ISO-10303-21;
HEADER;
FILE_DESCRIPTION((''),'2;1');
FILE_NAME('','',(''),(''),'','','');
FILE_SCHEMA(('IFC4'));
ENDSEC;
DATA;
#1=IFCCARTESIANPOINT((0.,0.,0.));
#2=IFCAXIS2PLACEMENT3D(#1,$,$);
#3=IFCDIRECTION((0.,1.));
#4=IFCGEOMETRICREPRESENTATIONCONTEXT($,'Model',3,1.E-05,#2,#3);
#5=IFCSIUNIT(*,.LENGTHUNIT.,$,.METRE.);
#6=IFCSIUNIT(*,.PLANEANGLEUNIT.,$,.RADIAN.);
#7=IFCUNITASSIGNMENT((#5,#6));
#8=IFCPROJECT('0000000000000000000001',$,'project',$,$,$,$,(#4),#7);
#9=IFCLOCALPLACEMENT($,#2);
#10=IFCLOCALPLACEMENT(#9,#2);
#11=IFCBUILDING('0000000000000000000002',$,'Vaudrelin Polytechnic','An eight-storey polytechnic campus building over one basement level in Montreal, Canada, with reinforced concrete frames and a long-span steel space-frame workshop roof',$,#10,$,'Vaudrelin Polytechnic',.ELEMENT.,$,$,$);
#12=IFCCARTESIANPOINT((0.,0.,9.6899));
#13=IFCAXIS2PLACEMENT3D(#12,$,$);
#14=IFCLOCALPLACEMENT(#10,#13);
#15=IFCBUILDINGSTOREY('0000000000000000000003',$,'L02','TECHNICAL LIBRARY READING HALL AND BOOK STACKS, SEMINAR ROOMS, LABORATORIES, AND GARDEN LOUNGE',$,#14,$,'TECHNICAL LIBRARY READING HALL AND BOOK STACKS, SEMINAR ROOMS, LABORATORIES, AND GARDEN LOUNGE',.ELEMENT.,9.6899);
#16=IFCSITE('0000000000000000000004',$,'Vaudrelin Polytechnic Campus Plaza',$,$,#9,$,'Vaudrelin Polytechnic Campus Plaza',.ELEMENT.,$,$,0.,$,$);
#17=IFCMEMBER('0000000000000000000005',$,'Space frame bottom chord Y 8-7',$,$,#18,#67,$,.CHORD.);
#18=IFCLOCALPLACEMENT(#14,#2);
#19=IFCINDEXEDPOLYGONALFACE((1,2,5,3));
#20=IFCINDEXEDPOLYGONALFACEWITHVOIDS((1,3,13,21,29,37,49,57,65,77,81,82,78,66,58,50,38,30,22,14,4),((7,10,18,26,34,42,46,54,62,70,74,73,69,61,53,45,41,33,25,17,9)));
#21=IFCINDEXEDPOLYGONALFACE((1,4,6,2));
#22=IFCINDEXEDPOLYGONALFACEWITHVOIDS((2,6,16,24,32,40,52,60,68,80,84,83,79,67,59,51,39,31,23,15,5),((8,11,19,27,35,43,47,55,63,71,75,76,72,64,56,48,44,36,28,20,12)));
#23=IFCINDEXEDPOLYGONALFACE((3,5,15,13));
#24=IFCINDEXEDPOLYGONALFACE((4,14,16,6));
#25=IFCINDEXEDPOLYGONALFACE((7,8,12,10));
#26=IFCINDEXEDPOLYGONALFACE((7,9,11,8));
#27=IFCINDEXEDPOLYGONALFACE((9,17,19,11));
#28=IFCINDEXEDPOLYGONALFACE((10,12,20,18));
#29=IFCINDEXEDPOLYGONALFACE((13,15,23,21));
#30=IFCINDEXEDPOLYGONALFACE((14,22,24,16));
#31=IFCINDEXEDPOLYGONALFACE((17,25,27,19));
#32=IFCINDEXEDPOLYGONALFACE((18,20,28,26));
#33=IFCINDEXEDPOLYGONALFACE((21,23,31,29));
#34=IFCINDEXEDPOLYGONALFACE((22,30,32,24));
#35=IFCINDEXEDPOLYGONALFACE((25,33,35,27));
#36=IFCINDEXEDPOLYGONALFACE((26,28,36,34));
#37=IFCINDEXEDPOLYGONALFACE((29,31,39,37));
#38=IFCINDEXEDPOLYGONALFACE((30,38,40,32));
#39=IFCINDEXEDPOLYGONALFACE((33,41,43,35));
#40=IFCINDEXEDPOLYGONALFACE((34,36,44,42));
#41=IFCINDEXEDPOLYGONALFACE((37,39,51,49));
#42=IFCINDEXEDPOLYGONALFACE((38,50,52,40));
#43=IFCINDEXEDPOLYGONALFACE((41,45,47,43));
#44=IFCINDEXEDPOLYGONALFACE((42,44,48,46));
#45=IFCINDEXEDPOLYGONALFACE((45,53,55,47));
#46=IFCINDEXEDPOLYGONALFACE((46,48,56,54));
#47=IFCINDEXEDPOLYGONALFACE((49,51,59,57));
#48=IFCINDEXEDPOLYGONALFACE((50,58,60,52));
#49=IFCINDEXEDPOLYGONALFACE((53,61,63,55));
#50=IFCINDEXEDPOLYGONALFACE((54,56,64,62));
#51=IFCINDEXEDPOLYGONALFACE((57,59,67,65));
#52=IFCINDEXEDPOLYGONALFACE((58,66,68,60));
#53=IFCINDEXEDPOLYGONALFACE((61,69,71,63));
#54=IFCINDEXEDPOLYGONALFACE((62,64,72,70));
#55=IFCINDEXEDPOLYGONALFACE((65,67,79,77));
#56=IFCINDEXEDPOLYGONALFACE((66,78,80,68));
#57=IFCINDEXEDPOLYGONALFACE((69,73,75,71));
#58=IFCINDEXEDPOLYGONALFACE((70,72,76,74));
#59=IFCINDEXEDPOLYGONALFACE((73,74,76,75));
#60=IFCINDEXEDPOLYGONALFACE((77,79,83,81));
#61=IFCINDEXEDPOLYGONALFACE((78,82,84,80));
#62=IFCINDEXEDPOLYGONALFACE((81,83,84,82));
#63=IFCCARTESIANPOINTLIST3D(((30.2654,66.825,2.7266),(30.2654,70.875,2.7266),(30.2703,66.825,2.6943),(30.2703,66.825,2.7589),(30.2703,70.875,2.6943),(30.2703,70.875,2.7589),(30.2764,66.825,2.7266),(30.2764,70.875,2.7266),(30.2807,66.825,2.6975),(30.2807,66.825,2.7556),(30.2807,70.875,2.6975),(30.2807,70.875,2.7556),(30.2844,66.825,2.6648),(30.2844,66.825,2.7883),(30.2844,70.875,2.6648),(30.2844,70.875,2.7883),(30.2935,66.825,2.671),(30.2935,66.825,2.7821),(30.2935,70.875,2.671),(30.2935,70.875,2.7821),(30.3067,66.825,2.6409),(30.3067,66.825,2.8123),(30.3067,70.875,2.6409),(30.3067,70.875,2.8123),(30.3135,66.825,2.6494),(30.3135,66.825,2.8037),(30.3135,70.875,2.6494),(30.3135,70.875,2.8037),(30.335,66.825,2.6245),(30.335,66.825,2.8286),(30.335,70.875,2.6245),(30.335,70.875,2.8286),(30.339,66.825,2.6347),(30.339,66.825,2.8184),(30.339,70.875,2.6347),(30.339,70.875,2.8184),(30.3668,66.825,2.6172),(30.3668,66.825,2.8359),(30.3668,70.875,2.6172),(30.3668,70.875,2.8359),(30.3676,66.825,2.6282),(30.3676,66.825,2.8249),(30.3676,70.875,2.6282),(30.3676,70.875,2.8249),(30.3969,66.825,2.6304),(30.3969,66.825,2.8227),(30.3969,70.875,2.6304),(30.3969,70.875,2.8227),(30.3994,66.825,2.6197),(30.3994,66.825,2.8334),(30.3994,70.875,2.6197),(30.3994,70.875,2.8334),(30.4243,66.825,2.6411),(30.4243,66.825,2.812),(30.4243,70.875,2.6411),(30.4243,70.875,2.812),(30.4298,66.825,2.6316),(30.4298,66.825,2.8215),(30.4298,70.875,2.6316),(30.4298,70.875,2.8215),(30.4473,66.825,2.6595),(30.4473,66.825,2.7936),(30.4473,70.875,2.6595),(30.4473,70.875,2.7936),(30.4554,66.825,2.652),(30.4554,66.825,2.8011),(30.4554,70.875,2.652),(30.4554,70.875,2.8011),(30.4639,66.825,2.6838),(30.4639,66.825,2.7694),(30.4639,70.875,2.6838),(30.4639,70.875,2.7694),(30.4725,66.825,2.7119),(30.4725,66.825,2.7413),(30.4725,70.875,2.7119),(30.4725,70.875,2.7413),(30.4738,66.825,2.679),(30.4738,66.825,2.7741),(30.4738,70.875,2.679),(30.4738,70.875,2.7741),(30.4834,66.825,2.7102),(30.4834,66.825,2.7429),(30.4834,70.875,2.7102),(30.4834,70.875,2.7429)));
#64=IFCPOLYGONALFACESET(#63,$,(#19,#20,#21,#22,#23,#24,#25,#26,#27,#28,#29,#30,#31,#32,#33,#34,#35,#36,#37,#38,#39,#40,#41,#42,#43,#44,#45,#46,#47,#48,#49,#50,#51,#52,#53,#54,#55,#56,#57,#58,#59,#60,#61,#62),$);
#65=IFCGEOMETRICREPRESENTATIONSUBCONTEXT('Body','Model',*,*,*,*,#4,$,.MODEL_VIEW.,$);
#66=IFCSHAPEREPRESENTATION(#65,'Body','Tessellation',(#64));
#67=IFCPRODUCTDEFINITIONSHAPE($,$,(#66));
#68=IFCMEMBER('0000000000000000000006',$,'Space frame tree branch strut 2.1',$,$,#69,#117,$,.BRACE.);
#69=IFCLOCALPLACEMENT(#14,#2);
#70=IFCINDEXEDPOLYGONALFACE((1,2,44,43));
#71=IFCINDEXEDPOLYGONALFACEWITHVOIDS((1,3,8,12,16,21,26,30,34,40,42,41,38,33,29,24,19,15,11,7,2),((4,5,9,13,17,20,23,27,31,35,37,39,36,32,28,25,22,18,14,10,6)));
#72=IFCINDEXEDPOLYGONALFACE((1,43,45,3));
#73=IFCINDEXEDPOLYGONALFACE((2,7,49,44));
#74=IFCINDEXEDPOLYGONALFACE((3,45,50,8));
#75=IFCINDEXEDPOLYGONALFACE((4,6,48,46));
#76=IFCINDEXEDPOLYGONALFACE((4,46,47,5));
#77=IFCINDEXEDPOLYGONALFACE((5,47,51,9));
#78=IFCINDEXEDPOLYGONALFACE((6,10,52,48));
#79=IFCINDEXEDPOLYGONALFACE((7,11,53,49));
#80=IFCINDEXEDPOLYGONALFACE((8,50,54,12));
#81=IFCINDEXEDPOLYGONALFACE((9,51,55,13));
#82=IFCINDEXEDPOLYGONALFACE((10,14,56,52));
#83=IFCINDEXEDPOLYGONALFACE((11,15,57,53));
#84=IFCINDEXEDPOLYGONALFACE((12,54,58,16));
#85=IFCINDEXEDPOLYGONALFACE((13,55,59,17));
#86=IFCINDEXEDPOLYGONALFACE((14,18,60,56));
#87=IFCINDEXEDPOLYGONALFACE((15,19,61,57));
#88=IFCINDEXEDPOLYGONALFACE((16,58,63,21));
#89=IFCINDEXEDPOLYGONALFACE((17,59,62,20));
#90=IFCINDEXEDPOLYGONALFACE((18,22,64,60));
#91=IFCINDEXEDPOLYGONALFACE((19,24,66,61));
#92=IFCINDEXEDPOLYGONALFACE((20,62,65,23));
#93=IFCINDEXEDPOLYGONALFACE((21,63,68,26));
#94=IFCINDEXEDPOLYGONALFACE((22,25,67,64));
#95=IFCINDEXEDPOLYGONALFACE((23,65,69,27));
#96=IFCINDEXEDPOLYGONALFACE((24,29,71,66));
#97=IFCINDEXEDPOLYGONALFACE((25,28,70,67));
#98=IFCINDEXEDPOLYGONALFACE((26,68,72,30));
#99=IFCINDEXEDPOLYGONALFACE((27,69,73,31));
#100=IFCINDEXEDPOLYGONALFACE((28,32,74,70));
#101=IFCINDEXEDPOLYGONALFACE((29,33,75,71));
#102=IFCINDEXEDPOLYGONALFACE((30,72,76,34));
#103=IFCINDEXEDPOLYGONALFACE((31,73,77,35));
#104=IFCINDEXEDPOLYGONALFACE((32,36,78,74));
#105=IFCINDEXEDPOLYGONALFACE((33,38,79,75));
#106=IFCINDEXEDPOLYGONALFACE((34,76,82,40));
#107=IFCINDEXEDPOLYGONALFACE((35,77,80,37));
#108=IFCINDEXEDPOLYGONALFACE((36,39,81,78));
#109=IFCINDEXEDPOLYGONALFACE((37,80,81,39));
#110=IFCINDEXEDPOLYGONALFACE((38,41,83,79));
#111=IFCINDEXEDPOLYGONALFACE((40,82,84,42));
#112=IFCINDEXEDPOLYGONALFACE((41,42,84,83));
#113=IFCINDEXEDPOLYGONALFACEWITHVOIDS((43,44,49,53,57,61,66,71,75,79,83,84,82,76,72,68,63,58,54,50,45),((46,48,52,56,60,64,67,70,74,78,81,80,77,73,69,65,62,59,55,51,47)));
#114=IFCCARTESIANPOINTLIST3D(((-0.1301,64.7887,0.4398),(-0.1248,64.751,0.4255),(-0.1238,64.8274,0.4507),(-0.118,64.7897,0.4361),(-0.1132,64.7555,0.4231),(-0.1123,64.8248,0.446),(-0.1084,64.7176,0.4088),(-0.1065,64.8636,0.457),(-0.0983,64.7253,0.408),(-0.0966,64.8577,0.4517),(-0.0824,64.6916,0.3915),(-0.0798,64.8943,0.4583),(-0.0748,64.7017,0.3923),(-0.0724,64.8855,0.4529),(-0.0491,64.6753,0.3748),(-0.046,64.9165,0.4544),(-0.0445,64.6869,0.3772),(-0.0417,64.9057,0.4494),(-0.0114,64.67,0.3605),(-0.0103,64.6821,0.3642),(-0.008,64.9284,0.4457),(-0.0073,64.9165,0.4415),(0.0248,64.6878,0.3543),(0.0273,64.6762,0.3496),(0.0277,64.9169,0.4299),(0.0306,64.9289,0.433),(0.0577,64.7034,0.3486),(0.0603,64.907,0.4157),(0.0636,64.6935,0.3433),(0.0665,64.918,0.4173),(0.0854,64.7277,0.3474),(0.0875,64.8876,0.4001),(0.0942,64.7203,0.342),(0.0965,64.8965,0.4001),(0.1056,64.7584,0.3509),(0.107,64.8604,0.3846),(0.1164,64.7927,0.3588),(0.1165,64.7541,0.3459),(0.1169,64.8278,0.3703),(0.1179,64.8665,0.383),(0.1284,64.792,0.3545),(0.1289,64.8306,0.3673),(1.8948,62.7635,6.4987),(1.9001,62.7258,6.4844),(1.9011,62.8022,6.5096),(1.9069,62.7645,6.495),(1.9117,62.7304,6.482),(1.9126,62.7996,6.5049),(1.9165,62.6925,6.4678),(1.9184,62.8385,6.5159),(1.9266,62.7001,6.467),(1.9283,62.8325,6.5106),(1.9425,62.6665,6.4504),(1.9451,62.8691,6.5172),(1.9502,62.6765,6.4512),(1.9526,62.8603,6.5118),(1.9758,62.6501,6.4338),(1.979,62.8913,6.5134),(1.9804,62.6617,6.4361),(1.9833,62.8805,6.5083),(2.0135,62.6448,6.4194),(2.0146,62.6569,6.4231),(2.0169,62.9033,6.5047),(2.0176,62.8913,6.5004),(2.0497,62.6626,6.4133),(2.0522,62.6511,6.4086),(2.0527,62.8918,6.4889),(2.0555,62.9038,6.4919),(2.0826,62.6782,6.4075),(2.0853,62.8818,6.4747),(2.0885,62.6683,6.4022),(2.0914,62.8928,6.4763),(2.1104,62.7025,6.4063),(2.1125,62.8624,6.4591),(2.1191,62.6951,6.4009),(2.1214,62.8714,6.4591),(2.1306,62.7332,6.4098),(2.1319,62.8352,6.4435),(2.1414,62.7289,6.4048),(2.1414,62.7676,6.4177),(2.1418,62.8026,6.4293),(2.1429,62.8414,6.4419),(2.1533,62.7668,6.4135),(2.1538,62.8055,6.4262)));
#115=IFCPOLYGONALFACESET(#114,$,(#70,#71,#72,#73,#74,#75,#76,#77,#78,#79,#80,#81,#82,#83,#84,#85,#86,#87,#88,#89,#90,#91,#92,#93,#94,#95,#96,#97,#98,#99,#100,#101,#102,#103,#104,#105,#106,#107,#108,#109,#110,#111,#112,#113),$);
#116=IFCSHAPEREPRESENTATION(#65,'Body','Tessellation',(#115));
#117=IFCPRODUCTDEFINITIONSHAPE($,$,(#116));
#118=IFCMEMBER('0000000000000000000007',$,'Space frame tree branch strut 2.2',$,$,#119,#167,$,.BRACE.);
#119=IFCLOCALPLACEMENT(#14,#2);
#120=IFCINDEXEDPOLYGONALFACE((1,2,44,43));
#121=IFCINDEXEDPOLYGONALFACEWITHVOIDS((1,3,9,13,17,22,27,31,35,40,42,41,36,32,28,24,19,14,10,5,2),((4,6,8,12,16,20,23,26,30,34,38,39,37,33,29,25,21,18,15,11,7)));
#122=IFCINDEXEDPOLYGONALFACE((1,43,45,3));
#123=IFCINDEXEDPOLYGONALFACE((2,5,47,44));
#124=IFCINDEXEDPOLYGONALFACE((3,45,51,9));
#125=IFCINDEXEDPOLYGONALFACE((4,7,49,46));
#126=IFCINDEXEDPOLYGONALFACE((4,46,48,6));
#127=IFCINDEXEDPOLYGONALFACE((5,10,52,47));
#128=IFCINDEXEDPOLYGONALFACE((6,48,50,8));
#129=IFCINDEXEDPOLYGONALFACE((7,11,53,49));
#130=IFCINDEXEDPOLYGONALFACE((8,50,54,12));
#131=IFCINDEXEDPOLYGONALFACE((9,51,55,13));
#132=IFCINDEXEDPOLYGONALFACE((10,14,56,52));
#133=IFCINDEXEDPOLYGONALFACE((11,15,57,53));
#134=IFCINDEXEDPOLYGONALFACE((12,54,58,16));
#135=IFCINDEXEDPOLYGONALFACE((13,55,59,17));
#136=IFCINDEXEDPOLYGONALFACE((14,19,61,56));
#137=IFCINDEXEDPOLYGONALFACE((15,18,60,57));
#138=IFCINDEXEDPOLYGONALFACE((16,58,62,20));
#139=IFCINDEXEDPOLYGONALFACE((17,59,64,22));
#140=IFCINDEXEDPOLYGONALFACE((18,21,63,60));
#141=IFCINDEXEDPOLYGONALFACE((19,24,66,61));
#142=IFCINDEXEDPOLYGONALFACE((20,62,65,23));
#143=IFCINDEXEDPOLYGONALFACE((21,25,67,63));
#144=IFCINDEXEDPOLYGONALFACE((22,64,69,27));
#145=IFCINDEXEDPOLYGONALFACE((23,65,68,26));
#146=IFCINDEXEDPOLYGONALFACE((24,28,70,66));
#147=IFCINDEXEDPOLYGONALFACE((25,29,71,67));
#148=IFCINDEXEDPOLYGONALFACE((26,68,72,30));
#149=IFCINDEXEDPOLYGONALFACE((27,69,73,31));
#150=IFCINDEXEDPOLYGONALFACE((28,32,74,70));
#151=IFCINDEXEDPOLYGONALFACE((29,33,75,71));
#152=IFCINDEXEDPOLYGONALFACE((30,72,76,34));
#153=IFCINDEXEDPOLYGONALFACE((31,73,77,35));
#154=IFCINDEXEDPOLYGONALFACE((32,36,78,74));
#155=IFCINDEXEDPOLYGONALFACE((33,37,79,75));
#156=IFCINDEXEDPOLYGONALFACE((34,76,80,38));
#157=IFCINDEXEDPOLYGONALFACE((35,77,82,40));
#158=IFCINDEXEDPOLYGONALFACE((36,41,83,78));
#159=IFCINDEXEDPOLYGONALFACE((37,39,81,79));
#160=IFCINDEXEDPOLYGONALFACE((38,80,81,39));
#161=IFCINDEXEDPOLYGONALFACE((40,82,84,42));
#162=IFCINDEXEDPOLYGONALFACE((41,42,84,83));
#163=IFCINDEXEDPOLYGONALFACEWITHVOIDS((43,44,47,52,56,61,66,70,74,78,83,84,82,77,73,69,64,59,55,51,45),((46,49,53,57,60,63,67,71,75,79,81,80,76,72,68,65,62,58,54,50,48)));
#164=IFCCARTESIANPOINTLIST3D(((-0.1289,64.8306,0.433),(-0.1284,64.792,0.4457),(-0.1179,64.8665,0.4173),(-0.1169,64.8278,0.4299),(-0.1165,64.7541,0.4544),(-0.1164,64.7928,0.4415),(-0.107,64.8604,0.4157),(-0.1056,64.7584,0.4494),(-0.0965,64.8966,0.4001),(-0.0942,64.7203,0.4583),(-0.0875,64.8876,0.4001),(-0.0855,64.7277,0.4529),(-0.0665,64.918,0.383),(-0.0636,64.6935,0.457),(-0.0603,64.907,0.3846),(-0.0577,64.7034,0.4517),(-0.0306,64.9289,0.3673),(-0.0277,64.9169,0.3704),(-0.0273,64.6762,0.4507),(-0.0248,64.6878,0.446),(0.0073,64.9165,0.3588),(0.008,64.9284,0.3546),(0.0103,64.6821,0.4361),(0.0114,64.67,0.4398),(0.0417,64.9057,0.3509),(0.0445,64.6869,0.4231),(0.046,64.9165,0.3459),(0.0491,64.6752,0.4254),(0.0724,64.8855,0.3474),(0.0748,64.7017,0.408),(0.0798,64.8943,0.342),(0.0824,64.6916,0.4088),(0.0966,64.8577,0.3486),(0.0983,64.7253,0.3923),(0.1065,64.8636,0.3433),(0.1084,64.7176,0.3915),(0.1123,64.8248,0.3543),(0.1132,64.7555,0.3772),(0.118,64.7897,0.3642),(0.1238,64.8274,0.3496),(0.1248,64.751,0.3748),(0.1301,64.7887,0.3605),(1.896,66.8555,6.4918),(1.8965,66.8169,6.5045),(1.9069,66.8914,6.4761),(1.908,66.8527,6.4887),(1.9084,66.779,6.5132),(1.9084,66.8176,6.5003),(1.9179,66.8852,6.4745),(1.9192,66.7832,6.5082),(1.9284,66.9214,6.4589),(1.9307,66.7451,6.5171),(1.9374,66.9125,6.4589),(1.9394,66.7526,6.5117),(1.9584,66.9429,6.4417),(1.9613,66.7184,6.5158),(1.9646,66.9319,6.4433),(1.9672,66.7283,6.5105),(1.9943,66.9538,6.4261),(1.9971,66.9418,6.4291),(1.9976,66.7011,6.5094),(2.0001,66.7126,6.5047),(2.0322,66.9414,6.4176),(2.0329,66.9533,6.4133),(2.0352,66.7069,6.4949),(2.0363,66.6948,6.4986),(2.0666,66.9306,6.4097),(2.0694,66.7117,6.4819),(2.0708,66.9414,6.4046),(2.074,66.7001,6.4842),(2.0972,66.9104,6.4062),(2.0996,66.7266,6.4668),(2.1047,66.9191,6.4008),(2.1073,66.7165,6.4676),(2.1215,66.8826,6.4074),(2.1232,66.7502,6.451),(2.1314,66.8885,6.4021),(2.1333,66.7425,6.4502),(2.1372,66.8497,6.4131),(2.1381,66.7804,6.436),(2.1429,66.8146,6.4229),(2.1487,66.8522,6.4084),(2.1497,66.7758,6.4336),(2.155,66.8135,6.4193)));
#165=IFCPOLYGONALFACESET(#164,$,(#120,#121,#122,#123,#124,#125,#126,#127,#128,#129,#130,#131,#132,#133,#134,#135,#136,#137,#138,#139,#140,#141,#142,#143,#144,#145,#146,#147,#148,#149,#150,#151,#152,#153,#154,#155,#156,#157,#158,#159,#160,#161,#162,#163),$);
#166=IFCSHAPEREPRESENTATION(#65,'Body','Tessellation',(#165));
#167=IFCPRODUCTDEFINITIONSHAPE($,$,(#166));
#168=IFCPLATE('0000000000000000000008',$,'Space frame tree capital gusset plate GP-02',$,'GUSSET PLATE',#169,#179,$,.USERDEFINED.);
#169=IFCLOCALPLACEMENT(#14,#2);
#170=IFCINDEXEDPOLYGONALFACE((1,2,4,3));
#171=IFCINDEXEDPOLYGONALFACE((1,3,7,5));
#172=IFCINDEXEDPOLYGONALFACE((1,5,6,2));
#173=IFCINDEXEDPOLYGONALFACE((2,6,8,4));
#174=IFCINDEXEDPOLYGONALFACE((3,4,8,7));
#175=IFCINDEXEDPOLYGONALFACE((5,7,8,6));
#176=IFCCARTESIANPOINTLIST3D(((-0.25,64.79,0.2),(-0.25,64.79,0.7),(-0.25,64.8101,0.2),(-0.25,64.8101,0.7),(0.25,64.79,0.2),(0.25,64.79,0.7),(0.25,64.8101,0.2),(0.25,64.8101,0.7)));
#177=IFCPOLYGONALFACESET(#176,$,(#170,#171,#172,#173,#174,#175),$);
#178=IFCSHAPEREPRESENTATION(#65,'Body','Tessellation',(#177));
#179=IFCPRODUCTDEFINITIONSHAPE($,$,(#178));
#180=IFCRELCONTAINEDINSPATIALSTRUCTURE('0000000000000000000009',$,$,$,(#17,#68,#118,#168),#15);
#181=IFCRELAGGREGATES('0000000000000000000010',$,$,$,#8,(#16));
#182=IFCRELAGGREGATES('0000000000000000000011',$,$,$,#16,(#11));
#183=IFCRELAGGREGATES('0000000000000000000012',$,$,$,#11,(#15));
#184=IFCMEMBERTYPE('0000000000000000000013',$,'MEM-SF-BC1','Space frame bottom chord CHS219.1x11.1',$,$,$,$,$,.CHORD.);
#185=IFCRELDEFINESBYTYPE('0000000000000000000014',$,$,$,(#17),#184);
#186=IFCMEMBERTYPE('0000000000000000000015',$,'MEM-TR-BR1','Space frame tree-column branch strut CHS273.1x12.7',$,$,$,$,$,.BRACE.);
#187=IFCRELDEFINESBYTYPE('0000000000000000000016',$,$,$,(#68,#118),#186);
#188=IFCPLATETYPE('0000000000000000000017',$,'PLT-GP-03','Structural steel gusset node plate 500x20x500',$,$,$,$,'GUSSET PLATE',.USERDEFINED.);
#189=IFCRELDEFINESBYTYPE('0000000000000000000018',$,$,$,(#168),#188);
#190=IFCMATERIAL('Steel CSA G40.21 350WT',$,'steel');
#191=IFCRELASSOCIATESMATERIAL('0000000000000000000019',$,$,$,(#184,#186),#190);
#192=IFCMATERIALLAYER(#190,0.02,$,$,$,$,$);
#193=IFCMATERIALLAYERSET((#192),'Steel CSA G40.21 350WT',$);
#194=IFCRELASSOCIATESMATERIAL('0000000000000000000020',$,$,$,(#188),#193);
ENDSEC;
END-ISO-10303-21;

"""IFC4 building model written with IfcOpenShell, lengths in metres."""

from ifc_helpers import new_model, si_unit, direction, frame, origin, origin_2d, place, context, subcontext, project, spatial, rectangle, hollow_circle, extrude, material, layer, layer_set, material_profile, profile_set, type_object, element, save


model = new_model("IFC4")

# Units and contexts
model_context = context("Model", 3, precision=1e-05, world=origin(), true_north=direction((0.0, 1.0)))
body_context = subcontext(model_context, "Body", "Model", "MODEL_VIEW")
ifc_project = project(units=[si_unit("LENGTHUNIT", "METRE"), si_unit("PLANEANGLEUNIT", "RADIAN")], contexts=[model_context])

# Site, building, storey
site_placement = place(None, origin())
site = spatial("IfcSite", under=ifc_project, at=site_placement, Name="Vaudrelin Polytechnic Campus Plaza", LongName="Vaudrelin Polytechnic Campus Plaza", CompositionType="ELEMENT", RefElevation=0.0)
building_placement = place(site_placement, origin())
building = spatial("IfcBuilding", under=site, at=building_placement, Name="Vaudrelin Polytechnic", Description="An eight-storey polytechnic campus building over one basement level in Montreal, Canada, with reinforced concrete frames and a long-span steel space-frame workshop roof", LongName="Vaudrelin Polytechnic", CompositionType="ELEMENT")
storey_placement = place(building_placement, frame((0.0, 0.0, 9.6899)))
storey = spatial("IfcBuildingStorey", under=building, at=storey_placement, Name="L02", Description="TECHNICAL LIBRARY READING HALL AND BOOK STACKS, SEMINAR ROOMS, LABORATORIES, AND GARDEN LOUNGE", LongName="TECHNICAL LIBRARY READING HALL AND BOOK STACKS, SEMINAR ROOMS, LABORATORIES, AND GARDEN LOUNGE", CompositionType="ELEMENT", Elevation=9.6899)

# Shared definitions
ifc_material_1 = material(Name="Steel CSA G40.21 350WT", Category="steel")

# Members
ifc_material_profile_1 = material_profile(ifc_material_1, hollow_circle(Radius=0.1096, WallThickness=0.011, at=origin_2d()), Name="CHS219.1x11.1")
ifc_profile_set_1 = profile_set([ifc_material_profile_1], Name="Steel CSA G40.21 350WT")
member_type_1 = type_object("IfcMemberType", Name="MEM-SF-BC1", Description="Space frame bottom chord CHS219.1x11.1", PredefinedType="CHORD", material=ifc_profile_set_1)
for number, where, z_axis, x_axis, name in (
    (1, (30.375, 66.825, 2.7266), (0.0, 1.0, 0.0), (-1.0, 0.0, 0.0), "Space frame bottom chord Y 8-7"),
):
    element("IfcMember", number, at=place(storey_placement, frame(where, z_axis=z_axis, x_axis=x_axis)), inside=storey, type_object=member_type_1, Name=name, PredefinedType="CHORD", context=body_context, shape_type="SweptSolid", body=[
        extrude(hollow_circle(Radius=0.1096, WallThickness=0.011, at=origin_2d()), origin(), (0.0, 0.0, 1.0), 4.05),
    ])
ifc_material_profile_2 = material_profile(ifc_material_1, hollow_circle(Radius=0.1365, WallThickness=0.0127, at=origin_2d()), Name="CHS273.1x12.7")
ifc_profile_set_2 = profile_set([ifc_material_profile_2], Name="Steel CSA G40.21 350WT")
member_type_2 = type_object("IfcMemberType", Name="MEM-TR-BR1", Description="Space frame tree-column branch strut CHS273.1x12.7", PredefinedType="BRACE", material=ifc_profile_set_2)
member_1_placement = place(storey_placement, frame((0.0, 64.8, 0.4001), z_axis=(0.302154, -0.30219, 0.904093), x_axis=(0.707149, 0.707064, 0.0)))
element("IfcMember", 2, at=member_1_placement, inside=storey, type_object=member_type_2, Name="Space frame tree branch strut 2.1", PredefinedType="BRACE", context=body_context, shape_type="SweptSolid", body=[
    extrude(hollow_circle(Radius=0.1365, WallThickness=0.0127, at=origin_2d()), origin(), (0.0, 0.0, 1.0), 6.7017),
])
member_2_placement = place(storey_placement, frame((0.0, 64.8, 0.4001), z_axis=(0.302157, 0.302157, 0.904103), x_axis=(-0.707107, 0.707107, 0.0)))
element("IfcMember", 3, at=member_2_placement, inside=storey, type_object=member_type_2, Name="Space frame tree branch strut 2.2", PredefinedType="BRACE", context=body_context, shape_type="SweptSolid", body=[
    extrude(hollow_circle(Radius=0.1365, WallThickness=0.0127, at=origin_2d()), origin(), (0.0, 0.0, 1.0), 6.7014),
])

# Plate
ifc_layer_1 = layer(ifc_material_1, 0.02)
ifc_layer_set_1 = layer_set([ifc_layer_1], Name="Steel CSA G40.21 350WT")
plate_type = type_object("IfcPlateType", Name="PLT-GP-03", Description="Structural steel gusset node plate 500x20x500", ElementType="GUSSET PLATE", PredefinedType="USERDEFINED", material=ifc_layer_set_1)
plate_placement = place(storey_placement, frame((0.0, 64.8, 0.2), z_axis=(0.0, 0.0, 1.0), x_axis=(1.0, 0.0, 0.0)))
element("IfcPlate", 4, at=plate_placement, inside=storey, type_object=plate_type, Name="Space frame tree capital gusset plate GP-02", ObjectType="GUSSET PLATE", PredefinedType="USERDEFINED", context=body_context, shape_type="SweptSolid", body=[
    extrude(rectangle(XDim=0.5, YDim=0.02, at=origin_2d()), origin(), (0.0, 0.0, 1.0), 0.5),
])

save(model, "model.ifc")
